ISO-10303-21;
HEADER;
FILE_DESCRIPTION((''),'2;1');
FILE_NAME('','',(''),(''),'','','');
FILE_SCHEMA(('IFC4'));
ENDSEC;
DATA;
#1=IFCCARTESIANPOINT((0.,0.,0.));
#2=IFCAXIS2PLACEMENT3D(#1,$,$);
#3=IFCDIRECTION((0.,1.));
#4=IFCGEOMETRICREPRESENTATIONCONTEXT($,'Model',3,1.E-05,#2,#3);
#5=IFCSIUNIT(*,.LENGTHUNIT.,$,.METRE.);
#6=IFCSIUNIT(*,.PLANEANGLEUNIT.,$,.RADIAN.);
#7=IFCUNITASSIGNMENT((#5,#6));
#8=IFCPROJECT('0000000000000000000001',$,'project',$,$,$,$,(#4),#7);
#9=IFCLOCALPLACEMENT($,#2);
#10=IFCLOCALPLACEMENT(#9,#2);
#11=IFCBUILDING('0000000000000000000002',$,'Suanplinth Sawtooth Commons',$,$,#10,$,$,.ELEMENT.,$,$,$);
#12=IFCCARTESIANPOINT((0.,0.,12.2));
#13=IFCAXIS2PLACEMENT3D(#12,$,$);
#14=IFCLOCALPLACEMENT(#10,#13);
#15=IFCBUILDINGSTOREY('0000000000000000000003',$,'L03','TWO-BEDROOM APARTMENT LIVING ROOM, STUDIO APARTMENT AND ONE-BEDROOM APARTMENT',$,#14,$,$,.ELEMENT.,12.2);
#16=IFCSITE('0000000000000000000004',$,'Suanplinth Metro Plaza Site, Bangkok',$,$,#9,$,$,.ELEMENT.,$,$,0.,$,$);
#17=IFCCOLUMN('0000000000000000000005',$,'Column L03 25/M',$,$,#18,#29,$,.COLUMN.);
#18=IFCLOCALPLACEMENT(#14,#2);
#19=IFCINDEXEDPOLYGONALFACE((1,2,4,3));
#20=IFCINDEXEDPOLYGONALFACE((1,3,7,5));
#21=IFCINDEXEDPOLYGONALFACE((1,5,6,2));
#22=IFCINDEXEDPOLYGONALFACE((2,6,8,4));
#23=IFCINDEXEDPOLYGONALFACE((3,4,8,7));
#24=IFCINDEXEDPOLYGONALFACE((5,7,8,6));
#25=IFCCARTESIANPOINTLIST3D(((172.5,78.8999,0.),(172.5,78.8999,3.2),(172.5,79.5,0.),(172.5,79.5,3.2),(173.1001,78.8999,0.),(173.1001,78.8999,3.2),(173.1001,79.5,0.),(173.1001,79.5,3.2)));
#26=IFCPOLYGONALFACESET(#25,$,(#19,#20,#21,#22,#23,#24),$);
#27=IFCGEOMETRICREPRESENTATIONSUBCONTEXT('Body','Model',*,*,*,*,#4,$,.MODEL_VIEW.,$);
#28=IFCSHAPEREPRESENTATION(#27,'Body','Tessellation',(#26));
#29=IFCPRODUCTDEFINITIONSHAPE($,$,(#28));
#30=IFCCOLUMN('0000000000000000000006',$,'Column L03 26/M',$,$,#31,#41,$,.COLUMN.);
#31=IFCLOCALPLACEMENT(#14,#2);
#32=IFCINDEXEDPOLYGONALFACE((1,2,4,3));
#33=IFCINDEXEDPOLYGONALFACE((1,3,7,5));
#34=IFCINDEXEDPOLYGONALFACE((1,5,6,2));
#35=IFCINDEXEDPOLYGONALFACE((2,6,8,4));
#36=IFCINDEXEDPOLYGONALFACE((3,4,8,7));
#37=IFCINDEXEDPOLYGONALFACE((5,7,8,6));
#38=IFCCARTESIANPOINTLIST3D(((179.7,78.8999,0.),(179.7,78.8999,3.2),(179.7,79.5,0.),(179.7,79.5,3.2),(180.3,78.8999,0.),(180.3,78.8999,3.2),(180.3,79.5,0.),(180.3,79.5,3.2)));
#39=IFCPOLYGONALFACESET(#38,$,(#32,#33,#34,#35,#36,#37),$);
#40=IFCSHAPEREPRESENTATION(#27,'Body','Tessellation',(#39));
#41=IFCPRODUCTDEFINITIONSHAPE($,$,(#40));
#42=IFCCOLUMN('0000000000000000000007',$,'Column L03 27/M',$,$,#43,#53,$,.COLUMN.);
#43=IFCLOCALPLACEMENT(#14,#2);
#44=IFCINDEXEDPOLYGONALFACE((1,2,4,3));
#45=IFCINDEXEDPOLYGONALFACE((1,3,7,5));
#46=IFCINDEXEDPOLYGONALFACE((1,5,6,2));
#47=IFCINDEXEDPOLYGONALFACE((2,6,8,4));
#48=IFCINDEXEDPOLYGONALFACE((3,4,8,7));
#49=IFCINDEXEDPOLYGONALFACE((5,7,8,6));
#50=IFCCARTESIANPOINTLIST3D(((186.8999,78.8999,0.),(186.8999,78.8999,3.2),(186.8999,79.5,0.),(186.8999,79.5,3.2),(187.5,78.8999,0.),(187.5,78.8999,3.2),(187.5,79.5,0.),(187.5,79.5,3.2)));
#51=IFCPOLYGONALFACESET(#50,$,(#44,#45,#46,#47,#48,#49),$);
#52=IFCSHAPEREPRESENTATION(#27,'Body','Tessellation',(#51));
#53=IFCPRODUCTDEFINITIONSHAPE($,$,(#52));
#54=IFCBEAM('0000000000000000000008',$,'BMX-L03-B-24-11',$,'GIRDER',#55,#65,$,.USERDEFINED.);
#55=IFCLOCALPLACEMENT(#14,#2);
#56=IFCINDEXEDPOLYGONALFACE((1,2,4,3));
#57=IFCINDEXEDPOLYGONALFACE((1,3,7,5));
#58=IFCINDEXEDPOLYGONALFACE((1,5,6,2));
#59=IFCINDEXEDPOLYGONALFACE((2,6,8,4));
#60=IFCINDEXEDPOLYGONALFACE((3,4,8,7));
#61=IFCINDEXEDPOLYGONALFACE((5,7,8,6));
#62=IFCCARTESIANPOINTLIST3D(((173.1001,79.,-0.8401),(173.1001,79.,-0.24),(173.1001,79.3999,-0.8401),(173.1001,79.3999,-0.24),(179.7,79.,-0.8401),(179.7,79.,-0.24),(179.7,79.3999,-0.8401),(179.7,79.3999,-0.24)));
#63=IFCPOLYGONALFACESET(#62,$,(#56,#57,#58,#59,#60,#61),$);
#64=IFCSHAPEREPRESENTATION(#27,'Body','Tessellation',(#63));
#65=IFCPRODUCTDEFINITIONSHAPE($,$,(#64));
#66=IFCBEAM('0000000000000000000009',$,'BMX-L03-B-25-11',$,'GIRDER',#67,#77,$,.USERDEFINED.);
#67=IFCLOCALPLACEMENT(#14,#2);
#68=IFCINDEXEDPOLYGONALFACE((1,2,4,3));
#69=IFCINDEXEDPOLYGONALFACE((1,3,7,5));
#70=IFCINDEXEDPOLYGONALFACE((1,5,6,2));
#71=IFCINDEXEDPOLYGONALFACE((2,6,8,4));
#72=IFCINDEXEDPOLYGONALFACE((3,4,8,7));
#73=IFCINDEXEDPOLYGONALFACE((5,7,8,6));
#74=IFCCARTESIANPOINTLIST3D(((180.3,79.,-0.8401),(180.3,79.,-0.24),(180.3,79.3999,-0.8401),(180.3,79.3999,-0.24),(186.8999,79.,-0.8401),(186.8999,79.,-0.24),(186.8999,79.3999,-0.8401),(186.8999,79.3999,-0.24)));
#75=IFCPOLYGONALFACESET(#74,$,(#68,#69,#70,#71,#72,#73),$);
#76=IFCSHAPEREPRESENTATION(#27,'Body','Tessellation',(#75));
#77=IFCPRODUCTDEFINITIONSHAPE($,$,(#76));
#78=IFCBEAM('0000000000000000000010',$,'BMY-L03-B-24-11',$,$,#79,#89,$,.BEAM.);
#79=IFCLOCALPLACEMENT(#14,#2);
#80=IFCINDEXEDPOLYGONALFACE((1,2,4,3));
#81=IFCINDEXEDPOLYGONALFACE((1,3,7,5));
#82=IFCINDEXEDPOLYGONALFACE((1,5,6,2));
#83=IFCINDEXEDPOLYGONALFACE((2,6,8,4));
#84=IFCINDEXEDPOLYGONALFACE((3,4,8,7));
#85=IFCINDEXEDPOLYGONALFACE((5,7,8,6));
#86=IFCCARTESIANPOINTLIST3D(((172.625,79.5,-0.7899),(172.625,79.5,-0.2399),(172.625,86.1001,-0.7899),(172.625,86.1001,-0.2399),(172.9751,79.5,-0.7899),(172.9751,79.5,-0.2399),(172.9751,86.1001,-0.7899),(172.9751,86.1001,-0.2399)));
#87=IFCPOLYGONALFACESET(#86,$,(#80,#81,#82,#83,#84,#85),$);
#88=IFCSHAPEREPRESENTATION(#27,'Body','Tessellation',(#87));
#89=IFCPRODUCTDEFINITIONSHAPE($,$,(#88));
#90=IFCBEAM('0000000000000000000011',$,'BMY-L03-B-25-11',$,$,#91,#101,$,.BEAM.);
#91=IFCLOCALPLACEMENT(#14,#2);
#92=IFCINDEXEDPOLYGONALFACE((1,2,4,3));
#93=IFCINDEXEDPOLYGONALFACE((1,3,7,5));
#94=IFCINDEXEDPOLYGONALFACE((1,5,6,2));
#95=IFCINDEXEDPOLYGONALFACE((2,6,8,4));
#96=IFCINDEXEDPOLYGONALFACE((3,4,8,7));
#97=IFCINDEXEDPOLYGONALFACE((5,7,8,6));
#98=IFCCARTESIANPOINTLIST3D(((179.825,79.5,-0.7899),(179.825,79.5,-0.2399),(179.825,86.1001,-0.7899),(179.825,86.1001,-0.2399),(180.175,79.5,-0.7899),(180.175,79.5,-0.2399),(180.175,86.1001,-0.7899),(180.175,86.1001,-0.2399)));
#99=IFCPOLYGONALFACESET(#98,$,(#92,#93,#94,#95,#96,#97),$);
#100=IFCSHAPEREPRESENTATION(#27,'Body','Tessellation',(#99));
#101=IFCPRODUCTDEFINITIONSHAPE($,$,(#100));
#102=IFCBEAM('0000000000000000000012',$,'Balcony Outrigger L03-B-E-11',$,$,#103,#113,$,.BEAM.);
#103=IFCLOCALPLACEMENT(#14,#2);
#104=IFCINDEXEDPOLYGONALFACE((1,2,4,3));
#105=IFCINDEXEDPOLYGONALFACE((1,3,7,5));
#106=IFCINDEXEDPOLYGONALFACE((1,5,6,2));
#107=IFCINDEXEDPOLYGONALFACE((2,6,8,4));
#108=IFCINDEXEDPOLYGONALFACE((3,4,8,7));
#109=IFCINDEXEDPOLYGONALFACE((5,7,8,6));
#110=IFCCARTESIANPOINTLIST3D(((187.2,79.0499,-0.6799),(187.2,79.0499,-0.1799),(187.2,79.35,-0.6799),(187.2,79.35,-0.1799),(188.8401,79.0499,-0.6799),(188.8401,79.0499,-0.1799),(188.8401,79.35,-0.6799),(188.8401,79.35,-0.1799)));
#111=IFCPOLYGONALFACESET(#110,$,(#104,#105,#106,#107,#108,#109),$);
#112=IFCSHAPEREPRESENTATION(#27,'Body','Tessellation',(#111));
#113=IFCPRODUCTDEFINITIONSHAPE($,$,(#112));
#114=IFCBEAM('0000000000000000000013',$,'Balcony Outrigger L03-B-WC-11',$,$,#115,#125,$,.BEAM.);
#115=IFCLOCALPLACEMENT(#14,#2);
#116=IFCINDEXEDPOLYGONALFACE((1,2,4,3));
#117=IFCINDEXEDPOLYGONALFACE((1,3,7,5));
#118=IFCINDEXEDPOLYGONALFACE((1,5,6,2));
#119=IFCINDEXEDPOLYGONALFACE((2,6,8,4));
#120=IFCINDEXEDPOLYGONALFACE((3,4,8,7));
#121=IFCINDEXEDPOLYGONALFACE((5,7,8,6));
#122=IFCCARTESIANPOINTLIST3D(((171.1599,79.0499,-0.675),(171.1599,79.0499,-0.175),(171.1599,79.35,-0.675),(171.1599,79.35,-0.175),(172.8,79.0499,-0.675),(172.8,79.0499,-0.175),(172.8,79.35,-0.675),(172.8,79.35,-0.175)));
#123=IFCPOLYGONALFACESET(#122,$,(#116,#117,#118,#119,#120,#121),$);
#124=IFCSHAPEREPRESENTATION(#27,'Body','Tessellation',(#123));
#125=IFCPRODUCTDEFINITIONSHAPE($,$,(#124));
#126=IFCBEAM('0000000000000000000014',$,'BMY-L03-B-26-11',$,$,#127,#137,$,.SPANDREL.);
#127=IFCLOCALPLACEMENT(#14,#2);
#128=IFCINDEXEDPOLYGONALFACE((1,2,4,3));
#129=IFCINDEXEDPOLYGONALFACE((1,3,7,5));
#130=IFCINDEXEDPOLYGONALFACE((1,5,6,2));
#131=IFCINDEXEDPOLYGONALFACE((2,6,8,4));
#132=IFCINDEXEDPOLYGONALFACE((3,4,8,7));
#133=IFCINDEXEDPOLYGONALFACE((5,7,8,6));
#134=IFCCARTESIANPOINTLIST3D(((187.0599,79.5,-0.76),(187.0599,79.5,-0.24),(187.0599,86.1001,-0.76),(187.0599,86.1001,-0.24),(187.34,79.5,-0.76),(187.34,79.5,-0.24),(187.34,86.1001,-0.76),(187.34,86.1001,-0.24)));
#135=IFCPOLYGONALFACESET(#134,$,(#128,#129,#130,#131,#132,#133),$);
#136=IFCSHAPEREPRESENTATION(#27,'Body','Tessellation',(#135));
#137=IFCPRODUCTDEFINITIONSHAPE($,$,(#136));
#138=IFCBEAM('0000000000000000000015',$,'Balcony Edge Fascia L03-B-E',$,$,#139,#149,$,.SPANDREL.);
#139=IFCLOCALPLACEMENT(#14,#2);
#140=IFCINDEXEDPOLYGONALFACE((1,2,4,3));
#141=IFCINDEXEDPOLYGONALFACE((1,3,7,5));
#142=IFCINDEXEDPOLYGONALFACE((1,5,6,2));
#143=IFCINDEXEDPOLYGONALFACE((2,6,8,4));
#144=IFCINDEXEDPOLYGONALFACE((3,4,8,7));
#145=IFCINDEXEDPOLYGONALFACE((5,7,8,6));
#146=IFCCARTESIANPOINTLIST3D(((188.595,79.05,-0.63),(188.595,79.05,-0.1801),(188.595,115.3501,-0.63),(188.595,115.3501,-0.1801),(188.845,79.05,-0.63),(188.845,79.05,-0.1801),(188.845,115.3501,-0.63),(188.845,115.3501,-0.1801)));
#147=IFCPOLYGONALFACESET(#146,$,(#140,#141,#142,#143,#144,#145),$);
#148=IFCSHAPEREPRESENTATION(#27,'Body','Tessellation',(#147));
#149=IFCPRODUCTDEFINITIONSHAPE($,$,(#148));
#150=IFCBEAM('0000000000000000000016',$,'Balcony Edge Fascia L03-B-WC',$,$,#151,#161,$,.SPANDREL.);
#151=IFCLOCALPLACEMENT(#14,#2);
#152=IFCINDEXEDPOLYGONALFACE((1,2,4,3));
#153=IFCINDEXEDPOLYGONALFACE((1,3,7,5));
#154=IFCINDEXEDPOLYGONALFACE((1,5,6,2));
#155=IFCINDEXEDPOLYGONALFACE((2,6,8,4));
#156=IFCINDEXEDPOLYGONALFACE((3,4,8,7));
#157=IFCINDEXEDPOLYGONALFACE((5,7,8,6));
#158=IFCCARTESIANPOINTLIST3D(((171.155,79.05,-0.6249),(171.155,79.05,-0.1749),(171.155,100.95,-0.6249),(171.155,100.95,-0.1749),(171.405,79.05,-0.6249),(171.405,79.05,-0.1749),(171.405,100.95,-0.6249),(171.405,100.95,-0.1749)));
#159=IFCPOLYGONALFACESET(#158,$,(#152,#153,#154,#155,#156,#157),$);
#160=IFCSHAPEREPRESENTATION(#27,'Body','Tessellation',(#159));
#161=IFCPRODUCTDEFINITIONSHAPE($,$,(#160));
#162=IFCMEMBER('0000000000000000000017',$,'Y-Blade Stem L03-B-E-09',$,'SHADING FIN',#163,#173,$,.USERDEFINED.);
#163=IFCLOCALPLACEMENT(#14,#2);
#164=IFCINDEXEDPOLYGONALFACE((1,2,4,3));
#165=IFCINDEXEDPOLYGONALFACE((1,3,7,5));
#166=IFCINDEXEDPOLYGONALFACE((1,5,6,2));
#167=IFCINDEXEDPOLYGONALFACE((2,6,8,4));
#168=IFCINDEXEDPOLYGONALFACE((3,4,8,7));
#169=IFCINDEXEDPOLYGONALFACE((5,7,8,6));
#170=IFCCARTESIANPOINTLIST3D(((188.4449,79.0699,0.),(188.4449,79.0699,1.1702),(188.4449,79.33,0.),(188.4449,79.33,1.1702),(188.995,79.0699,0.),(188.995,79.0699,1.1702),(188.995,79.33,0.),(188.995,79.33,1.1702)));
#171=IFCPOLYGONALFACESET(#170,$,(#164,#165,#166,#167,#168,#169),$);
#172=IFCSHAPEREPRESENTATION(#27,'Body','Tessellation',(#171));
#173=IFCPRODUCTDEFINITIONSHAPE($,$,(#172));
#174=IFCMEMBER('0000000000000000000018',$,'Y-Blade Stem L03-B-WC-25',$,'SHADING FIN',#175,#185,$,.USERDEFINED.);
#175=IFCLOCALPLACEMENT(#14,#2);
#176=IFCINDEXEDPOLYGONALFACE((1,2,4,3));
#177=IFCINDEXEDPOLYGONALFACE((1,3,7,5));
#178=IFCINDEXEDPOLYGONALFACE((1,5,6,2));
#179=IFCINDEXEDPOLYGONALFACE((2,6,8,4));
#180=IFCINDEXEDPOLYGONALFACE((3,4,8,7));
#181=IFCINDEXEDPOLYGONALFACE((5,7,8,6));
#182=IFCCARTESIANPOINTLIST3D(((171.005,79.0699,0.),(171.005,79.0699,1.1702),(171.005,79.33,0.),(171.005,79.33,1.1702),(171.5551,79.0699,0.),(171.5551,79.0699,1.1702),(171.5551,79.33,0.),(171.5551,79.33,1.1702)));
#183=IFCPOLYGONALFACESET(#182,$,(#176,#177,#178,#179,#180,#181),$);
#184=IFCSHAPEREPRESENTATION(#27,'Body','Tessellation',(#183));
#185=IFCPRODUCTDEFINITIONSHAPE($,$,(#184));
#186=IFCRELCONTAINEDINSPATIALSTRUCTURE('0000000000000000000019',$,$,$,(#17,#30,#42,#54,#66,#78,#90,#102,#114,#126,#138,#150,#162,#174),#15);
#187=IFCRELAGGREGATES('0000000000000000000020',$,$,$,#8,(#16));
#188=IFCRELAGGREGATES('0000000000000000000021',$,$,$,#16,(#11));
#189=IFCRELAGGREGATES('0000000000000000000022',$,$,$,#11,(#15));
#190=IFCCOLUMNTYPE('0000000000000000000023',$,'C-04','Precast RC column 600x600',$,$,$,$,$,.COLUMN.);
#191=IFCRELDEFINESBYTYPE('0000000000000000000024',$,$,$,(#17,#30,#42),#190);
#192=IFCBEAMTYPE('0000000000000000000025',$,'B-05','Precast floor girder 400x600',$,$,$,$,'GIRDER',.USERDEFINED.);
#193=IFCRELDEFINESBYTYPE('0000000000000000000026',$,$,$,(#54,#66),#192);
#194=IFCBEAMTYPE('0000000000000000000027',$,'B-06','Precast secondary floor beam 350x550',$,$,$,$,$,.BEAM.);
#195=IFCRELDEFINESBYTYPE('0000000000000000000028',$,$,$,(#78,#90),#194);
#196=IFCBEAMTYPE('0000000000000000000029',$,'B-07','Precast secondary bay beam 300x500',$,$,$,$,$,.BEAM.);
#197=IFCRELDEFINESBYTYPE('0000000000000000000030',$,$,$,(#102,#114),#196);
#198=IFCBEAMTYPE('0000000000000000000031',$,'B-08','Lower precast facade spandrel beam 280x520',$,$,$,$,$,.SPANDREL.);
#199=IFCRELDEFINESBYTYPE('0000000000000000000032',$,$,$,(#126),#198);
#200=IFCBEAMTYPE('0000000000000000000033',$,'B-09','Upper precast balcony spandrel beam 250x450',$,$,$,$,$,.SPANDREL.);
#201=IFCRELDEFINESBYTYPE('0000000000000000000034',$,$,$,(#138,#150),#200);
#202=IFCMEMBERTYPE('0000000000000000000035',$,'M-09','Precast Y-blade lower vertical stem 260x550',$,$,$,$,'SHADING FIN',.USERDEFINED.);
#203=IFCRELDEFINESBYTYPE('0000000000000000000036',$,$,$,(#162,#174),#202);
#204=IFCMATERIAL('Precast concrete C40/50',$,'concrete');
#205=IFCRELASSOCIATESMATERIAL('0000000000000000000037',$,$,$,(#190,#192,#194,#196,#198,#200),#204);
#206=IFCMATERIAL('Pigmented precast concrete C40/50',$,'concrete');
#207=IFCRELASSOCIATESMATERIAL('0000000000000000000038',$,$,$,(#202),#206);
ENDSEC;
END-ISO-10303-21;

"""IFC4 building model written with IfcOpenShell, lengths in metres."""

from ifc_helpers import new_model, si_unit, direction, frame, origin, origin_2d, place, context, subcontext, project, spatial, rectangle, extrude, material, material_profile, profile_set, type_object, element, save


model = new_model("IFC4")

# Units and contexts
model_context = context("Model", 3, precision=1e-05, world=origin(), true_north=direction((0.0, 1.0)))
body_context = subcontext(model_context, "Body", "Model", "MODEL_VIEW")
ifc_project = project(units=[si_unit("LENGTHUNIT", "METRE"), si_unit("PLANEANGLEUNIT", "RADIAN")], contexts=[model_context])

# Site, building, storey
site_placement = place(None, origin())
site = spatial("IfcSite", under=ifc_project, at=site_placement, Name="Suanplinth Metro Plaza Site, Bangkok", CompositionType="ELEMENT", RefElevation=0.0)
building_placement = place(site_placement, origin())
building = spatial("IfcBuilding", under=site, at=building_placement, Name="Suanplinth Sawtooth Commons", CompositionType="ELEMENT")
storey_placement = place(building_placement, frame((0.0, 0.0, 12.2)))
storey = spatial("IfcBuildingStorey", under=building, at=storey_placement, Name="L03", Description="TWO-BEDROOM APARTMENT LIVING ROOM, STUDIO APARTMENT AND ONE-BEDROOM APARTMENT", CompositionType="ELEMENT", Elevation=12.2)

# Columns
ifc_material_1 = material(Name="Precast concrete C40/50", Category="concrete")
ifc_material_profile_1 = material_profile(ifc_material_1, rectangle(XDim=0.6001, YDim=0.6001, at=origin_2d()), Name="PC-COL 600x600")
ifc_profile_set_1 = profile_set([ifc_material_profile_1], Name="Precast concrete C40/50")
column_type = type_object("IfcColumnType", Name="C-04", Description="Precast RC column 600x600", PredefinedType="COLUMN", material=ifc_profile_set_1)
for number, where, z_axis, x_axis, name in (
    (1, (172.8, 79.2, 0.0), (0.0, 0.0, 1.0), (1.0, 0.0, 0.0), "Column L03 25/M"),
    (2, (180.0, 79.2, 0.0), (0.0, 0.0, 1.0), (1.0, 0.0, 0.0), "Column L03 26/M"),
    (3, (187.2, 79.2, 0.0), (0.0, 0.0, 1.0), (1.0, 0.0, 0.0), "Column L03 27/M"),
):
    element("IfcColumn", number, at=place(storey_placement, frame(where, z_axis=z_axis, x_axis=x_axis)), inside=storey, type_object=column_type, Name=name, PredefinedType="COLUMN", context=body_context, shape_type="SweptSolid", body=[
        extrude(rectangle(XDim=0.6001, YDim=0.6001, at=origin_2d()), origin(), (0.0, 0.0, 1.0), 3.2),
    ])

# Beams
ifc_material_profile_2 = material_profile(ifc_material_1, rectangle(XDim=0.3999, YDim=0.6001, at=origin_2d()), Name="PC-GDR 400x600")
ifc_profile_set_2 = profile_set([ifc_material_profile_2], Name="Precast concrete C40/50")
beam_type_1 = type_object("IfcBeamType", Name="B-05", Description="Precast floor girder 400x600", ElementType="GIRDER", PredefinedType="USERDEFINED", material=ifc_profile_set_2)
for number, where, z_axis, x_axis, name in (
    (4, (173.1001, 79.2, -0.54), (1.0, 0.0, 0.0), (0.0, 1.0, 0.0), "BMX-L03-B-24-11"),
    (5, (180.3, 79.2, -0.54), (1.0, 0.0, 0.0), (0.0, 1.0, 0.0), "BMX-L03-B-25-11"),
):
    element("IfcBeam", number, at=place(storey_placement, frame(where, z_axis=z_axis, x_axis=x_axis)), inside=storey, type_object=beam_type_1, Name=name, ObjectType="GIRDER", PredefinedType="USERDEFINED", context=body_context, shape_type="SweptSolid", body=[
        extrude(rectangle(XDim=0.3999, YDim=0.6001, at=origin_2d()), origin(), (0.0, 0.0, 1.0), 6.5999),
    ])
ifc_material_profile_3 = material_profile(ifc_material_1, rectangle(XDim=0.3501, YDim=0.55, at=origin_2d()), Name="PC-BM 350x550")
ifc_profile_set_3 = profile_set([ifc_material_profile_3], Name="Precast concrete C40/50")
beam_type_2 = type_object("IfcBeamType", Name="B-06", Description="Precast secondary floor beam 350x550", PredefinedType="BEAM", material=ifc_profile_set_3)
for number, where, z_axis, x_axis, name in (
    (6, (172.8, 79.5, -0.5149), (0.0, 1.0, 0.0), (-1.0, 0.0, 0.0), "BMY-L03-B-24-11"),
    (7, (180.0, 79.5, -0.5149), (0.0, 1.0, 0.0), (-1.0, 0.0, 0.0), "BMY-L03-B-25-11"),
):
    element("IfcBeam", number, at=place(storey_placement, frame(where, z_axis=z_axis, x_axis=x_axis)), inside=storey, type_object=beam_type_2, Name=name, PredefinedType="BEAM", context=body_context, shape_type="SweptSolid", body=[
        extrude(rectangle(XDim=0.3501, YDim=0.55, at=origin_2d()), origin(), (0.0, 0.0, 1.0), 6.6001),
    ])
ifc_material_profile_4 = material_profile(ifc_material_1, rectangle(XDim=0.3, YDim=0.5, at=origin_2d()), Name="PC-BM 300x500")
ifc_profile_set_4 = profile_set([ifc_material_profile_4], Name="Precast concrete C40/50")
beam_type_3 = type_object("IfcBeamType", Name="B-07", Description="Precast secondary bay beam 300x500", PredefinedType="BEAM", material=ifc_profile_set_4)
for number, where, z_axis, x_axis, name in (
    (8, (187.2, 79.2, -0.4299), (1.0, 0.0, 0.0), (0.0, 1.0, 0.0), "Balcony Outrigger L03-B-E-11"),
    (9, (172.8, 79.2, -0.425), (-1.0, 0.0, 0.0), (0.0, -1.0, 0.0), "Balcony Outrigger L03-B-WC-11"),
):
    element("IfcBeam", number, at=place(storey_placement, frame(where, z_axis=z_axis, x_axis=x_axis)), inside=storey, type_object=beam_type_3, Name=name, PredefinedType="BEAM", context=body_context, shape_type="SweptSolid", body=[
        extrude(rectangle(XDim=0.3, YDim=0.5, at=origin_2d()), origin(), (0.0, 0.0, 1.0), 1.6401),
    ])
ifc_material_profile_5 = material_profile(ifc_material_1, rectangle(XDim=0.28, YDim=0.52, at=origin_2d()), Name="PC-SP 280x520")
ifc_profile_set_5 = profile_set([ifc_material_profile_5], Name="Precast concrete C40/50")
beam_type_4 = type_object("IfcBeamType", Name="B-08", Description="Lower precast facade spandrel beam 280x520", PredefinedType="SPANDREL", material=ifc_profile_set_5)
beam_1_placement = place(storey_placement, frame((187.2, 79.5, -0.5), z_axis=(0.0, 1.0, 0.0), x_axis=(-1.0, 0.0, 0.0)))
element("IfcBeam", 10, at=beam_1_placement, inside=storey, type_object=beam_type_4, Name="BMY-L03-B-26-11", PredefinedType="SPANDREL", context=body_context, shape_type="SweptSolid", body=[
    extrude(rectangle(XDim=0.28, YDim=0.52, at=origin_2d()), origin(), (0.0, 0.0, 1.0), 6.6001),
])
ifc_material_profile_6 = material_profile(ifc_material_1, rectangle(XDim=0.25, YDim=0.45, at=origin_2d()), Name="PC-SP 250x450")
ifc_profile_set_6 = profile_set([ifc_material_profile_6], Name="Precast concrete C40/50")
beam_type_5 = type_object("IfcBeamType", Name="B-09", Description="Upper precast balcony spandrel beam 250x450", PredefinedType="SPANDREL", material=ifc_profile_set_6)
beam_2_placement = place(storey_placement, frame((188.72, 79.05, -0.405), z_axis=(0.0, 1.0, 0.0), x_axis=(-1.0, 0.0, 0.0)))
element("IfcBeam", 11, at=beam_2_placement, inside=storey, type_object=beam_type_5, Name="Balcony Edge Fascia L03-B-E", PredefinedType="SPANDREL", context=body_context, shape_type="SweptSolid", body=[
    extrude(rectangle(XDim=0.25, YDim=0.45, at=origin_2d()), origin(), (0.0, 0.0, 1.0), 36.3),
])
beam_3_placement = place(storey_placement, frame((171.28, 79.05, -0.3999), z_axis=(0.0, 1.0, 0.0), x_axis=(-1.0, 0.0, 0.0)))
element("IfcBeam", 12, at=beam_3_placement, inside=storey, type_object=beam_type_5, Name="Balcony Edge Fascia L03-B-WC", PredefinedType="SPANDREL", context=body_context, shape_type="SweptSolid", body=[
    extrude(rectangle(XDim=0.25, YDim=0.45, at=origin_2d()), origin(), (0.0, 0.0, 1.0), 21.8999),
])

# Members
ifc_material_2 = material(Name="Pigmented precast concrete C40/50", Category="concrete")
ifc_material_profile_7 = material_profile(ifc_material_2, rectangle(XDim=0.26, YDim=0.55, at=origin_2d()), Name="PC-FIN 260x550")
ifc_profile_set_7 = profile_set([ifc_material_profile_7], Name="Pigmented precast concrete C40/50")
member_type_1 = type_object("IfcMemberType", Name="M-09", Description="Precast Y-blade lower vertical stem 260x550", ElementType="SHADING FIN", PredefinedType="USERDEFINED", material=ifc_profile_set_7)
for number, where, z_axis, x_axis, name in (
    (13, (188.72, 79.2, 0.0), (0.0, 0.0, 1.0), (0.0, 1.0, 0.0), "Y-Blade Stem L03-B-E-09"),
    (14, (171.28, 79.2, 0.0), (0.0, 0.0, 1.0), (0.0, 1.0, 0.0), "Y-Blade Stem L03-B-WC-25"),
):
    element("IfcMember", number, at=place(storey_placement, frame(where, z_axis=z_axis, x_axis=x_axis)), inside=storey, type_object=member_type_1, Name=name, ObjectType="SHADING FIN", PredefinedType="USERDEFINED", context=body_context, shape_type="SweptSolid", body=[
        extrude(rectangle(XDim=0.26, YDim=0.55, at=origin_2d()), origin(), (0.0, 0.0, 1.0), 1.1702),
    ])

save(model, "model.ifc")
